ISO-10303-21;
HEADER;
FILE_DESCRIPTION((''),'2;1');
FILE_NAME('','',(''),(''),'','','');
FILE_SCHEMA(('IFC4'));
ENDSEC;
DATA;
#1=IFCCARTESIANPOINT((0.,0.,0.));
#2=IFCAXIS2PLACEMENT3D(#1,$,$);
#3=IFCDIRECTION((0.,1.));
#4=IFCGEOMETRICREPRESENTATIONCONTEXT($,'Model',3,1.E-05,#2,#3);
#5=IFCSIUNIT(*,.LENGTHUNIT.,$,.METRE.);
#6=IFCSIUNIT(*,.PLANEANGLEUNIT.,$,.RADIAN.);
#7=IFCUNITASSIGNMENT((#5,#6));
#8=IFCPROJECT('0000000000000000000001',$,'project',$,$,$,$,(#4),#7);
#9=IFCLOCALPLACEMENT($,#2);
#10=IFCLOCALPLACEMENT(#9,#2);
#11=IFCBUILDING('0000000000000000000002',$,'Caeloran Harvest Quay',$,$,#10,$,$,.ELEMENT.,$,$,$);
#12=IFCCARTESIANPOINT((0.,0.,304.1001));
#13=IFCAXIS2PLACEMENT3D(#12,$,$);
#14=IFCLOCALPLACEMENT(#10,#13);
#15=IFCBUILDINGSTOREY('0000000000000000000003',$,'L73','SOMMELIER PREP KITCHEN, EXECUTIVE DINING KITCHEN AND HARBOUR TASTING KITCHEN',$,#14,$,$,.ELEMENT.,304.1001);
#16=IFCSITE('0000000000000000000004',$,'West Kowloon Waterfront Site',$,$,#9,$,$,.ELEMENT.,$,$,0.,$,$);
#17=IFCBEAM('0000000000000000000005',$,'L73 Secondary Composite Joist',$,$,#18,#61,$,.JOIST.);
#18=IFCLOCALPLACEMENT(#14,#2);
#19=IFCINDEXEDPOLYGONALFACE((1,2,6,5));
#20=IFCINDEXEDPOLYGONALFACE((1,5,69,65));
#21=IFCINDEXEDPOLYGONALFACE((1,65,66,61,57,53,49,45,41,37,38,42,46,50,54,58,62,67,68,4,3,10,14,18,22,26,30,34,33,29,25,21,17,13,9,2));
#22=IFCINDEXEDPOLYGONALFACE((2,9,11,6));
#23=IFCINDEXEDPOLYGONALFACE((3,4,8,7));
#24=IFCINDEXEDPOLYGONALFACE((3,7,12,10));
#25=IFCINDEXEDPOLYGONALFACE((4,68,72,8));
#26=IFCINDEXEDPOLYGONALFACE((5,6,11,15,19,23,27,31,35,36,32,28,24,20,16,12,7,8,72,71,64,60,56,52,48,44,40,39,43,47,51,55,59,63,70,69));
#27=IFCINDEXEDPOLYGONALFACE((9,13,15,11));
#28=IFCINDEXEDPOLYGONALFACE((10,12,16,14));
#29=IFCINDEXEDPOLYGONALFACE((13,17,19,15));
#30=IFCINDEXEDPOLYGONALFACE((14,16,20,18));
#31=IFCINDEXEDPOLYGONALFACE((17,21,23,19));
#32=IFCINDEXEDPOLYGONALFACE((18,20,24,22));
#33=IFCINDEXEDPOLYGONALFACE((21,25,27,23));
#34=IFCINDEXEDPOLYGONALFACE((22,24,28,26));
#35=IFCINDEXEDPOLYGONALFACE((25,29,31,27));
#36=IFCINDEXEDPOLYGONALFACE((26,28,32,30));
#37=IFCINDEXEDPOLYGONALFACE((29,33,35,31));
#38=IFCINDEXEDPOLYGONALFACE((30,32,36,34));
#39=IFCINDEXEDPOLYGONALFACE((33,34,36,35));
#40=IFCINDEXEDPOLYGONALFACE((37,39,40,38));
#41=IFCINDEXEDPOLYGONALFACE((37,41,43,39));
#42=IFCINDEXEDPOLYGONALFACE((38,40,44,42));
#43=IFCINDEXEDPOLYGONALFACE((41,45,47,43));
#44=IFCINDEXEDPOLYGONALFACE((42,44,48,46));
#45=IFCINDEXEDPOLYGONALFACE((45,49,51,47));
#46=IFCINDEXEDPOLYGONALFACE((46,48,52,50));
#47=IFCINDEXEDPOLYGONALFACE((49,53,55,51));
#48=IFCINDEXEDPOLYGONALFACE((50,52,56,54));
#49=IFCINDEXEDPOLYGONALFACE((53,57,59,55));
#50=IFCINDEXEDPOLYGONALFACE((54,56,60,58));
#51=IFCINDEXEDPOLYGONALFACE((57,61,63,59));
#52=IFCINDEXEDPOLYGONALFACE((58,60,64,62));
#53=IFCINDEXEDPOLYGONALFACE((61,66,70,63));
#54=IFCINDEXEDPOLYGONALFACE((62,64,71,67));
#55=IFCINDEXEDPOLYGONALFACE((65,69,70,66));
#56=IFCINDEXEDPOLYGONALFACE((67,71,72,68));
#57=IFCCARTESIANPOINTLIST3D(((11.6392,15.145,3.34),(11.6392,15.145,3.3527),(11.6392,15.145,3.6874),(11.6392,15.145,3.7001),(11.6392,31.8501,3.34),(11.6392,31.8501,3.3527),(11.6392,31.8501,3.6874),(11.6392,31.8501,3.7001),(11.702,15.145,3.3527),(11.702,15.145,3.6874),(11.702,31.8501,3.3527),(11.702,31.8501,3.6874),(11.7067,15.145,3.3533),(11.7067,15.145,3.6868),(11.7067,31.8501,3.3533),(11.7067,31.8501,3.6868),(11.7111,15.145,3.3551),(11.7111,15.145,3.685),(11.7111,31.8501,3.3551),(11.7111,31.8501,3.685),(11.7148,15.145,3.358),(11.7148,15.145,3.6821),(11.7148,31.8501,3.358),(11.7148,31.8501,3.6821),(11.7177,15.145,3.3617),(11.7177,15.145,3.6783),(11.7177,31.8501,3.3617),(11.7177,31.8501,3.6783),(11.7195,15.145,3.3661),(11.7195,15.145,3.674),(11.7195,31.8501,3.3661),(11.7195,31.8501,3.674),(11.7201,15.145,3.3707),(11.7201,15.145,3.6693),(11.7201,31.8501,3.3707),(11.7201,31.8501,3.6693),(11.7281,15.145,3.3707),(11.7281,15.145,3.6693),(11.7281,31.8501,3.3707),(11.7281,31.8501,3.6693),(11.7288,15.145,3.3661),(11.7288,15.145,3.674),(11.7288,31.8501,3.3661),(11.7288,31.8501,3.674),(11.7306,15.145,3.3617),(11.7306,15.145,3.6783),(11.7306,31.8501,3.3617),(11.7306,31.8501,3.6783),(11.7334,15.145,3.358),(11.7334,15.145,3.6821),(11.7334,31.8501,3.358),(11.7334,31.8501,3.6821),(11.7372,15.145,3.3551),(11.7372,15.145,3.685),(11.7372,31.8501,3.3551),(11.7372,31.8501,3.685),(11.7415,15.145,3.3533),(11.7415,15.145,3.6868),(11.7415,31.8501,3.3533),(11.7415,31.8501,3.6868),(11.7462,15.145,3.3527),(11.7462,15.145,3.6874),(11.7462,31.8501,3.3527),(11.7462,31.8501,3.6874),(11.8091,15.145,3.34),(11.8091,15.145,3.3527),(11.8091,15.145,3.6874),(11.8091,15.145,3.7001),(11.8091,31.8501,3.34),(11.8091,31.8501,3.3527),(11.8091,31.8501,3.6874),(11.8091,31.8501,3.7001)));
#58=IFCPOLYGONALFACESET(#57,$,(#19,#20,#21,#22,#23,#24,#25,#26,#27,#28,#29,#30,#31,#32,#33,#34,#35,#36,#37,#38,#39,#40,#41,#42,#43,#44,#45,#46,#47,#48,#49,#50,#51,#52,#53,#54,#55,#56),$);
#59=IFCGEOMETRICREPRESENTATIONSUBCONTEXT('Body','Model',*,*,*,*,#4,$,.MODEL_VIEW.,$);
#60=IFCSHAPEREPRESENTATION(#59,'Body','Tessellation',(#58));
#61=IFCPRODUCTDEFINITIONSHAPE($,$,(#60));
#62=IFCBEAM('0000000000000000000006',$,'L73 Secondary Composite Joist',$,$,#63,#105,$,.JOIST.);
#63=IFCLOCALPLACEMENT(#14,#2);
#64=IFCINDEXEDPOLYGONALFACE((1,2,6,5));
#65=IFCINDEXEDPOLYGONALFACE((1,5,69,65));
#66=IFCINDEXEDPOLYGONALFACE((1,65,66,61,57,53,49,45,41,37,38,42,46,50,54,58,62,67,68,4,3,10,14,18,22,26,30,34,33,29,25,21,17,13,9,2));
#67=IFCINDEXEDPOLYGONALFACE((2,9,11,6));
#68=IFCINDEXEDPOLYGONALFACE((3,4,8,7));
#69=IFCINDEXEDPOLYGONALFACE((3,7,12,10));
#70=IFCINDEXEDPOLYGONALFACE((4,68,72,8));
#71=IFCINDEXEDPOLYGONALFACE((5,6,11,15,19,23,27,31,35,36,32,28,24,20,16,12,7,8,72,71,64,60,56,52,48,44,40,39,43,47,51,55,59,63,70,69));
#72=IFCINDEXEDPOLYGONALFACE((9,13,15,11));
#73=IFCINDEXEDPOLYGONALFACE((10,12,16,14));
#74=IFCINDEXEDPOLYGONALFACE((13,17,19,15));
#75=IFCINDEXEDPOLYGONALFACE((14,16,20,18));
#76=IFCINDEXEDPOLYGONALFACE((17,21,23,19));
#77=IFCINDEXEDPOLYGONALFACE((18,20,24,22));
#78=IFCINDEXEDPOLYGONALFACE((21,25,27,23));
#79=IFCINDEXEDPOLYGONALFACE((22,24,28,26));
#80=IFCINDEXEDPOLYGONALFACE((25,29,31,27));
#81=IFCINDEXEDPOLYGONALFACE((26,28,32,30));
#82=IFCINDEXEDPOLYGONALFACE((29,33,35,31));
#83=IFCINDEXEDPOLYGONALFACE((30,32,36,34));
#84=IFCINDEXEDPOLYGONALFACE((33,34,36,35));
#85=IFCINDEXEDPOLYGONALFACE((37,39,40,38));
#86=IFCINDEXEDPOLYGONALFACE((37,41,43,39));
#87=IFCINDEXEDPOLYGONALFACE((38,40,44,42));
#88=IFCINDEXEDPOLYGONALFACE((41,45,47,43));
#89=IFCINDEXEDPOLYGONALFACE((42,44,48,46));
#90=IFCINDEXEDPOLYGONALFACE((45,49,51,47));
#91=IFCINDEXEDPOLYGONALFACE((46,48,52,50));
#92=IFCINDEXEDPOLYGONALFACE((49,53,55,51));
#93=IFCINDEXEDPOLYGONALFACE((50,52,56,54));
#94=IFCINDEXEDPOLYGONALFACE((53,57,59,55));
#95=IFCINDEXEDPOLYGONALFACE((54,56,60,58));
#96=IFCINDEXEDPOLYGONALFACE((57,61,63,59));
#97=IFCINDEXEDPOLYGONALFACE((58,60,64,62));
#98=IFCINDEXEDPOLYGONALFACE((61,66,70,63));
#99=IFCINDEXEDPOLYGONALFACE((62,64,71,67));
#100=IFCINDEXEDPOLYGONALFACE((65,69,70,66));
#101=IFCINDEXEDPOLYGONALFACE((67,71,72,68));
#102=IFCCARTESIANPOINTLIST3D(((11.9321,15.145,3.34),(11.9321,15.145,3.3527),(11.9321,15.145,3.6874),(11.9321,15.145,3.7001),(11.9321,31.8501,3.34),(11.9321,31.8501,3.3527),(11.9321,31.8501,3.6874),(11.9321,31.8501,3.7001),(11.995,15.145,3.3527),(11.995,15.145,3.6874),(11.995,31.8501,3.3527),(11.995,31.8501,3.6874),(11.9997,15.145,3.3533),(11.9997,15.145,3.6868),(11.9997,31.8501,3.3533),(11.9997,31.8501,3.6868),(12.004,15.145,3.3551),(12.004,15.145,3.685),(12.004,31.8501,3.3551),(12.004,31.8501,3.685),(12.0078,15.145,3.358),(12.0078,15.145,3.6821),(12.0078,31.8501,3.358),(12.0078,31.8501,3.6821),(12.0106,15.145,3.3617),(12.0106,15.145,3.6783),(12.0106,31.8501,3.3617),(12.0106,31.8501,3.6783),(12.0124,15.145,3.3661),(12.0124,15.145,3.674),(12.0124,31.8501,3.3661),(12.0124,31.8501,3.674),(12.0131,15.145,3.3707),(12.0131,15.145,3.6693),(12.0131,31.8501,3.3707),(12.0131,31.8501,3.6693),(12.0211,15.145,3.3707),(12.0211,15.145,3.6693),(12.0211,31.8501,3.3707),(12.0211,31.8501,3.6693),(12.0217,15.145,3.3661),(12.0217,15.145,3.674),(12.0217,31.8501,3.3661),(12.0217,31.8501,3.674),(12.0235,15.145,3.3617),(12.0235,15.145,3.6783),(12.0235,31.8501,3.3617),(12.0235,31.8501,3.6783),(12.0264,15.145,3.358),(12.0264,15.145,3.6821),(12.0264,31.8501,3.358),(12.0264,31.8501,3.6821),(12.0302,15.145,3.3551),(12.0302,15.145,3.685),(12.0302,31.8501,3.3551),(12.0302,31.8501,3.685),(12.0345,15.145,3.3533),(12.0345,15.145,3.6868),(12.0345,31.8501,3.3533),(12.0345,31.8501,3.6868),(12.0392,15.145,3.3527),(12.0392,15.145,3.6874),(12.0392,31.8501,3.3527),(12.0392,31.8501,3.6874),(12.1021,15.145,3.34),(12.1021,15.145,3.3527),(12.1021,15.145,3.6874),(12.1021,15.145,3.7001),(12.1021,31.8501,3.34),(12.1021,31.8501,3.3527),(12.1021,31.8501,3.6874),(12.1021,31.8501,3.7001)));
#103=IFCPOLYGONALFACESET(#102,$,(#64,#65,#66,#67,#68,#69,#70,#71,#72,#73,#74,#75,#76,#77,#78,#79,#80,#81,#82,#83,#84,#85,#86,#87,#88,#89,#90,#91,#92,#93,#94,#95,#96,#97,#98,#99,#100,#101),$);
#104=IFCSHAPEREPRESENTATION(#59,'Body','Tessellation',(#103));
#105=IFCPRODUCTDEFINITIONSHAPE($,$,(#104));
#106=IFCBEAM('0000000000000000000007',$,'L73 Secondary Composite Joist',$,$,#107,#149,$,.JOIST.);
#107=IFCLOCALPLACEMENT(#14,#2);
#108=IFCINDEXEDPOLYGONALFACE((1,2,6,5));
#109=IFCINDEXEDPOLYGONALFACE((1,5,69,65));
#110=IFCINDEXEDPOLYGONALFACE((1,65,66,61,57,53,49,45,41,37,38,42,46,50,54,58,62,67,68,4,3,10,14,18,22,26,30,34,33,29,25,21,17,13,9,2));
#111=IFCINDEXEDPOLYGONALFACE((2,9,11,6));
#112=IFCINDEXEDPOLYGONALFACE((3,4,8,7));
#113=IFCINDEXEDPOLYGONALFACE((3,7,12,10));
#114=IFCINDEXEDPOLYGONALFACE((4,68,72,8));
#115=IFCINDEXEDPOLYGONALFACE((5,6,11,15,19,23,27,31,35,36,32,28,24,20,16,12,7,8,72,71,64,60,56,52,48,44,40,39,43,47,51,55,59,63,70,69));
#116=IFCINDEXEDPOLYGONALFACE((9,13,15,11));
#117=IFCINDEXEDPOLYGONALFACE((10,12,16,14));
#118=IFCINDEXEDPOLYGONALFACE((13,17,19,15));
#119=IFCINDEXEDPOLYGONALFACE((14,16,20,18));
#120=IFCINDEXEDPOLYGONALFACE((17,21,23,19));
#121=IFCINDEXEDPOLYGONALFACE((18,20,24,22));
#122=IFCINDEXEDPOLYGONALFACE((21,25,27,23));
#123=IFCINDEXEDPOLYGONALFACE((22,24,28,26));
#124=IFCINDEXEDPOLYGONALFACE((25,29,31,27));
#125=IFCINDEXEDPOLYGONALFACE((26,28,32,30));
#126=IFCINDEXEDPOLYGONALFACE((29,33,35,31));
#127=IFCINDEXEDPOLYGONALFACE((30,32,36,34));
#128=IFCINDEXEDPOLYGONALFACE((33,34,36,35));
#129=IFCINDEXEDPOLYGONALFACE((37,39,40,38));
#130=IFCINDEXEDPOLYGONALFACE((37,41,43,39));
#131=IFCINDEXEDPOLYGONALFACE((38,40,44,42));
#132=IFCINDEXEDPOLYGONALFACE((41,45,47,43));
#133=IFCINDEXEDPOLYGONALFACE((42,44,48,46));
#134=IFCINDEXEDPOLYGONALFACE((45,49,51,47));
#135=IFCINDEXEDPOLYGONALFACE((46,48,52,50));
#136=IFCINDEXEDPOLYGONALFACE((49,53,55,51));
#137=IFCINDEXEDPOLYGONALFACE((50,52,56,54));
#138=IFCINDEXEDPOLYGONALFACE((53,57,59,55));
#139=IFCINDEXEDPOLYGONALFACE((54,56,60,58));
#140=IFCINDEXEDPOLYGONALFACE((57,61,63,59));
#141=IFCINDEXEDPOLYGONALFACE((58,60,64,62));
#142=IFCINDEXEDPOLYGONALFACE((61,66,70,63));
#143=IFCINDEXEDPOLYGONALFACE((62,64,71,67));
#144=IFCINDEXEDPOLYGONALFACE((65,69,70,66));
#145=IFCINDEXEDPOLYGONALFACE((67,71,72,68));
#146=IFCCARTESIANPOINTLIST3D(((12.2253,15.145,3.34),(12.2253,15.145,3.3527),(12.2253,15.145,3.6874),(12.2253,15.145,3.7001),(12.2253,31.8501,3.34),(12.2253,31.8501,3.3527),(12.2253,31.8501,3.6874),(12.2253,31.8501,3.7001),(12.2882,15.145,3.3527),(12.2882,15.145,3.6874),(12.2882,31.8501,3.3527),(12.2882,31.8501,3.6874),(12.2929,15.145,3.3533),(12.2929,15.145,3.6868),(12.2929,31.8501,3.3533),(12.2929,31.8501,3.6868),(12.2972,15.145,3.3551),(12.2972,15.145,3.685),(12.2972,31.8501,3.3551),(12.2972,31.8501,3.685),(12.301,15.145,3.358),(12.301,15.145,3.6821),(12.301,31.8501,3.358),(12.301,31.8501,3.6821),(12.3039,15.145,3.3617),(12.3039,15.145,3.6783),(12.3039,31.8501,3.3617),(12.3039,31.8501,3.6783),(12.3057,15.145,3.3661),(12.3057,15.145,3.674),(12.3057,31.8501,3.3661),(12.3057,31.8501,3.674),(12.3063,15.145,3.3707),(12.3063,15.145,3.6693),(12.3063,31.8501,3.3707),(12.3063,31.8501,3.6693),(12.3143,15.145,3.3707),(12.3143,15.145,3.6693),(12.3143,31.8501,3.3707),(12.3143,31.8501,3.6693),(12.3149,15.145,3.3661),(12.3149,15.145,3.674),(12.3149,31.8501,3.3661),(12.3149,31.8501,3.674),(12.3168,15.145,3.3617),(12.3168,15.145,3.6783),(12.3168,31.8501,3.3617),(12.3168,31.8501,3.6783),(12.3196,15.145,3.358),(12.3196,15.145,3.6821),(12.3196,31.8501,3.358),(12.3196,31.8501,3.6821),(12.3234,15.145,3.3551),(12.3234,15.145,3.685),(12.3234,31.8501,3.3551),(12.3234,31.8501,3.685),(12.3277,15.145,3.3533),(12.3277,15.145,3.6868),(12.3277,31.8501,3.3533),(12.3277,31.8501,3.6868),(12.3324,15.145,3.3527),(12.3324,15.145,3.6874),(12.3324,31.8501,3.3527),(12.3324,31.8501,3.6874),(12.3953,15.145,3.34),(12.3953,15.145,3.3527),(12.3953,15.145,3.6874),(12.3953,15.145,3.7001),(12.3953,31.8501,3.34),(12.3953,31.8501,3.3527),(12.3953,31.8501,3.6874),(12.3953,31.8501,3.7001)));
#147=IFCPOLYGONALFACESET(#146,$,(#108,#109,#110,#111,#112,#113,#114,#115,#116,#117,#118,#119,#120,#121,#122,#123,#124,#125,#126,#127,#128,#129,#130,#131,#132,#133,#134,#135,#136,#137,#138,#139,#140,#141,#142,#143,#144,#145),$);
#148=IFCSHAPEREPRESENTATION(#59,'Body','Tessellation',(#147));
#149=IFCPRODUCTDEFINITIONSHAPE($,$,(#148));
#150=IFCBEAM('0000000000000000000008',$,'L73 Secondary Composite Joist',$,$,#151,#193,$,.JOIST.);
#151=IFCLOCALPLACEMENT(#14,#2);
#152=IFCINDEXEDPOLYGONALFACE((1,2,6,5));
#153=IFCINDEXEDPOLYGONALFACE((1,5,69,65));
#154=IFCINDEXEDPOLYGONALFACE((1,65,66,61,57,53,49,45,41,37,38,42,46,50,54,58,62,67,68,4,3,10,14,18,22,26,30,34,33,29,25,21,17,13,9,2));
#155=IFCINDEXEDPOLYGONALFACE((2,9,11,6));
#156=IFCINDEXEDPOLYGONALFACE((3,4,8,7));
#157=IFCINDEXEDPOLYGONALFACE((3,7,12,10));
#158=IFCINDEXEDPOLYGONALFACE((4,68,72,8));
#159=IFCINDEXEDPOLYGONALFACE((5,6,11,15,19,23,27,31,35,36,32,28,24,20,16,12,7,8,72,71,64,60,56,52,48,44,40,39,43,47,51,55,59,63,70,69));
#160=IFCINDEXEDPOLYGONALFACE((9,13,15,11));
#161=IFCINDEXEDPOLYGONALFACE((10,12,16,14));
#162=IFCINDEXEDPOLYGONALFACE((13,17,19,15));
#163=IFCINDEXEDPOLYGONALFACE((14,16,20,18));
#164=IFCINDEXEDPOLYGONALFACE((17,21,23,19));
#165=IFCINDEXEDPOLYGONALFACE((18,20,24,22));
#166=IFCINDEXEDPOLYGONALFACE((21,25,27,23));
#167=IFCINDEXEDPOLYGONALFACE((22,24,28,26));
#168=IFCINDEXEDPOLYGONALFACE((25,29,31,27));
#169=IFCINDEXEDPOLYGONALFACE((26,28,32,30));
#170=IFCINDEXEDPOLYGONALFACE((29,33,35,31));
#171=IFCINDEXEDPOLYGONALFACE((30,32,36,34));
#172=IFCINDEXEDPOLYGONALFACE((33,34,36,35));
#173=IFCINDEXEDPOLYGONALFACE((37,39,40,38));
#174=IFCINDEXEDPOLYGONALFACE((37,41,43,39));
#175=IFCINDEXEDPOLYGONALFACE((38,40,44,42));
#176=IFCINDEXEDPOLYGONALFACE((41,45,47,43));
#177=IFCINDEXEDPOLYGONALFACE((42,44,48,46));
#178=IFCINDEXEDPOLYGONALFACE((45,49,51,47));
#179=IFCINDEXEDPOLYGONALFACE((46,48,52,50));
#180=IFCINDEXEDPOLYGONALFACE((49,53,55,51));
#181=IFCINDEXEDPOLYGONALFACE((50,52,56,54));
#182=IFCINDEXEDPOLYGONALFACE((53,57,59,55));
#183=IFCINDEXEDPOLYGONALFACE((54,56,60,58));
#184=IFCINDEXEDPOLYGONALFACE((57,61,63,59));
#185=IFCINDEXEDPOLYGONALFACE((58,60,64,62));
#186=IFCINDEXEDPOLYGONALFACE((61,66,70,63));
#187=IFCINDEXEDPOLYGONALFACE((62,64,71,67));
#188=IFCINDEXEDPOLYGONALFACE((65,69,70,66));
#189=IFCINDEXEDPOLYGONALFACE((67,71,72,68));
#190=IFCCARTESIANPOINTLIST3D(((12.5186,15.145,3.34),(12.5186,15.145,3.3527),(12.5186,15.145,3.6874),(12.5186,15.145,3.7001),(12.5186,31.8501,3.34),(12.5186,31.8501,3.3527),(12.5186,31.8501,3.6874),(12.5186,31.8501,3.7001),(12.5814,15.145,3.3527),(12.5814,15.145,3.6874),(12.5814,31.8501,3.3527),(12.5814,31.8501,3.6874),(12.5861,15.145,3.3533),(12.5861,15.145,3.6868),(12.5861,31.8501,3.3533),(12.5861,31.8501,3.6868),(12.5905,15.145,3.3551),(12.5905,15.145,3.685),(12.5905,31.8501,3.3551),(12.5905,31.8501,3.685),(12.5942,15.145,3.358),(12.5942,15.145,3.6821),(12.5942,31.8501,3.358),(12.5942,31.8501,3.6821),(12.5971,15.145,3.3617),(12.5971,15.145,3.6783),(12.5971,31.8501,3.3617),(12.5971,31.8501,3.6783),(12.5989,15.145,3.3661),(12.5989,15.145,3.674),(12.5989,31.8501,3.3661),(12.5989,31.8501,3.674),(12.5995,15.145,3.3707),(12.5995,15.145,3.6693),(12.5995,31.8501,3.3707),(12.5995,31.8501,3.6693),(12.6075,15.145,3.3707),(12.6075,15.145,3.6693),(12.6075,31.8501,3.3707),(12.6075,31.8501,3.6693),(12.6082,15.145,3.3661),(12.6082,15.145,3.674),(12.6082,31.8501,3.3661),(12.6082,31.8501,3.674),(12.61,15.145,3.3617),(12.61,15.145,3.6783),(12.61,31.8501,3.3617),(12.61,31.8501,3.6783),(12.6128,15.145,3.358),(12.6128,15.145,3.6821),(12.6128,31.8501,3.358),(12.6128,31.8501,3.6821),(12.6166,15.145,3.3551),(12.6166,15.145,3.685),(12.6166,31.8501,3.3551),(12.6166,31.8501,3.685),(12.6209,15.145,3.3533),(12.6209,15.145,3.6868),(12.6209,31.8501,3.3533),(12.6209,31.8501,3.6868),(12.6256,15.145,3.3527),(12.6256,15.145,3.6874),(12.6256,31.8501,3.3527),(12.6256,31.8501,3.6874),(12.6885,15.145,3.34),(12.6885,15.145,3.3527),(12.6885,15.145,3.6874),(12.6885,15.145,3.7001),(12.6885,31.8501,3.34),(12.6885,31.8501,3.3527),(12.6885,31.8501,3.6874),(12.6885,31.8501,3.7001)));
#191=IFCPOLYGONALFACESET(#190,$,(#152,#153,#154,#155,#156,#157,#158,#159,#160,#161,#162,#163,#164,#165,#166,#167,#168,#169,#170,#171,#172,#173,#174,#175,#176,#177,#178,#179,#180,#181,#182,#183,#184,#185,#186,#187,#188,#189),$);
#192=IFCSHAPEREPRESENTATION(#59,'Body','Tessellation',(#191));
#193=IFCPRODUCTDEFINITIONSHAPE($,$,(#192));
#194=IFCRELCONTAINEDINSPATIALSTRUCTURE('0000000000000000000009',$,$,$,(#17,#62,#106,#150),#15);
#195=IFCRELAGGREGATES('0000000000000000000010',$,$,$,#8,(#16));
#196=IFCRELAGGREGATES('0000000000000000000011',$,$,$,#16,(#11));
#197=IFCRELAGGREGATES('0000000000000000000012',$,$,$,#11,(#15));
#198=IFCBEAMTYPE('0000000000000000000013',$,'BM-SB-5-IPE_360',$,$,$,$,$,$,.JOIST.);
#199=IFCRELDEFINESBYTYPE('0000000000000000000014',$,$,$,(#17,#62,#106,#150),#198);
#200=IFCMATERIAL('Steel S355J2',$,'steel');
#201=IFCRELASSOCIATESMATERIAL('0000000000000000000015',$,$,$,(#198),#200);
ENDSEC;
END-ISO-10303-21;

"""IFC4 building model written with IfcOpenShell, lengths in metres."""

from ifc_helpers import new_model, si_unit, direction, frame, origin, origin_2d, place, context, subcontext, project, spatial, i_section, extrude, material, material_profile, profile_set, type_object, element, save


model = new_model("IFC4")

# Units and contexts
model_context = context("Model", 3, precision=1e-05, world=origin(), true_north=direction((0.0, 1.0)))
body_context = subcontext(model_context, "Body", "Model", "MODEL_VIEW")
ifc_project = project(units=[si_unit("LENGTHUNIT", "METRE"), si_unit("PLANEANGLEUNIT", "RADIAN")], contexts=[model_context])

# Site, building, storey
site_placement = place(None, origin())
site = spatial("IfcSite", under=ifc_project, at=site_placement, Name="West Kowloon Waterfront Site", CompositionType="ELEMENT", RefElevation=0.0)
building_placement = place(site_placement, origin())
building = spatial("IfcBuilding", under=site, at=building_placement, Name="Caeloran Harvest Quay", CompositionType="ELEMENT")
storey_placement = place(building_placement, frame((0.0, 0.0, 304.1001)))
storey = spatial("IfcBuildingStorey", under=building, at=storey_placement, Name="L73", Description="SOMMELIER PREP KITCHEN, EXECUTIVE DINING KITCHEN AND HARBOUR TASTING KITCHEN", CompositionType="ELEMENT", Elevation=304.1001)

# Beams
ifc_material_1 = material(Name="Steel S355J2", Category="steel")
ifc_material_profile_1 = material_profile(ifc_material_1, i_section(OverallWidth=0.1699, OverallDepth=0.3601, WebThickness=0.0081, FlangeThickness=0.0127, FilletRadius=0.0181, at=origin_2d()), Name="IPE 360")
ifc_profile_set_1 = profile_set([ifc_material_profile_1], Name="Steel S355J2")
beam_type_1 = type_object("IfcBeamType", Name="BM-SB-5-IPE_360", PredefinedType="JOIST", material=ifc_profile_set_1)
for number, where, z_axis, x_axis, name in (
    (1, (11.7241, 15.145, 3.52), (0.0, 1.0, 0.0), (-1.0, 0.0, 0.0), "L73 Secondary Composite Joist"),
    (2, (12.0171, 15.145, 3.52), (0.0, 1.0, 0.0), (-1.0, 0.0, 0.0), "L73 Secondary Composite Joist"),
    (3, (12.3103, 15.145, 3.52), (0.0, 1.0, 0.0), (-1.0, 0.0, 0.0), "L73 Secondary Composite Joist"),
    (4, (12.6035, 15.145, 3.52), (0.0, 1.0, 0.0), (-1.0, 0.0, 0.0), "L73 Secondary Composite Joist"),
):
    element("IfcBeam", number, at=place(storey_placement, frame(where, z_axis=z_axis, x_axis=x_axis)), inside=storey, type_object=beam_type_1, Name=name, PredefinedType="JOIST", context=body_context, shape_type="SweptSolid", body=[
        extrude(i_section(OverallWidth=0.1699, OverallDepth=0.3601, WebThickness=0.0081, FlangeThickness=0.0127, FilletRadius=0.0181, at=origin_2d()), origin(), (0.0, 0.0, 1.0), 16.7051),
    ])

save(model, "model.ifc")
